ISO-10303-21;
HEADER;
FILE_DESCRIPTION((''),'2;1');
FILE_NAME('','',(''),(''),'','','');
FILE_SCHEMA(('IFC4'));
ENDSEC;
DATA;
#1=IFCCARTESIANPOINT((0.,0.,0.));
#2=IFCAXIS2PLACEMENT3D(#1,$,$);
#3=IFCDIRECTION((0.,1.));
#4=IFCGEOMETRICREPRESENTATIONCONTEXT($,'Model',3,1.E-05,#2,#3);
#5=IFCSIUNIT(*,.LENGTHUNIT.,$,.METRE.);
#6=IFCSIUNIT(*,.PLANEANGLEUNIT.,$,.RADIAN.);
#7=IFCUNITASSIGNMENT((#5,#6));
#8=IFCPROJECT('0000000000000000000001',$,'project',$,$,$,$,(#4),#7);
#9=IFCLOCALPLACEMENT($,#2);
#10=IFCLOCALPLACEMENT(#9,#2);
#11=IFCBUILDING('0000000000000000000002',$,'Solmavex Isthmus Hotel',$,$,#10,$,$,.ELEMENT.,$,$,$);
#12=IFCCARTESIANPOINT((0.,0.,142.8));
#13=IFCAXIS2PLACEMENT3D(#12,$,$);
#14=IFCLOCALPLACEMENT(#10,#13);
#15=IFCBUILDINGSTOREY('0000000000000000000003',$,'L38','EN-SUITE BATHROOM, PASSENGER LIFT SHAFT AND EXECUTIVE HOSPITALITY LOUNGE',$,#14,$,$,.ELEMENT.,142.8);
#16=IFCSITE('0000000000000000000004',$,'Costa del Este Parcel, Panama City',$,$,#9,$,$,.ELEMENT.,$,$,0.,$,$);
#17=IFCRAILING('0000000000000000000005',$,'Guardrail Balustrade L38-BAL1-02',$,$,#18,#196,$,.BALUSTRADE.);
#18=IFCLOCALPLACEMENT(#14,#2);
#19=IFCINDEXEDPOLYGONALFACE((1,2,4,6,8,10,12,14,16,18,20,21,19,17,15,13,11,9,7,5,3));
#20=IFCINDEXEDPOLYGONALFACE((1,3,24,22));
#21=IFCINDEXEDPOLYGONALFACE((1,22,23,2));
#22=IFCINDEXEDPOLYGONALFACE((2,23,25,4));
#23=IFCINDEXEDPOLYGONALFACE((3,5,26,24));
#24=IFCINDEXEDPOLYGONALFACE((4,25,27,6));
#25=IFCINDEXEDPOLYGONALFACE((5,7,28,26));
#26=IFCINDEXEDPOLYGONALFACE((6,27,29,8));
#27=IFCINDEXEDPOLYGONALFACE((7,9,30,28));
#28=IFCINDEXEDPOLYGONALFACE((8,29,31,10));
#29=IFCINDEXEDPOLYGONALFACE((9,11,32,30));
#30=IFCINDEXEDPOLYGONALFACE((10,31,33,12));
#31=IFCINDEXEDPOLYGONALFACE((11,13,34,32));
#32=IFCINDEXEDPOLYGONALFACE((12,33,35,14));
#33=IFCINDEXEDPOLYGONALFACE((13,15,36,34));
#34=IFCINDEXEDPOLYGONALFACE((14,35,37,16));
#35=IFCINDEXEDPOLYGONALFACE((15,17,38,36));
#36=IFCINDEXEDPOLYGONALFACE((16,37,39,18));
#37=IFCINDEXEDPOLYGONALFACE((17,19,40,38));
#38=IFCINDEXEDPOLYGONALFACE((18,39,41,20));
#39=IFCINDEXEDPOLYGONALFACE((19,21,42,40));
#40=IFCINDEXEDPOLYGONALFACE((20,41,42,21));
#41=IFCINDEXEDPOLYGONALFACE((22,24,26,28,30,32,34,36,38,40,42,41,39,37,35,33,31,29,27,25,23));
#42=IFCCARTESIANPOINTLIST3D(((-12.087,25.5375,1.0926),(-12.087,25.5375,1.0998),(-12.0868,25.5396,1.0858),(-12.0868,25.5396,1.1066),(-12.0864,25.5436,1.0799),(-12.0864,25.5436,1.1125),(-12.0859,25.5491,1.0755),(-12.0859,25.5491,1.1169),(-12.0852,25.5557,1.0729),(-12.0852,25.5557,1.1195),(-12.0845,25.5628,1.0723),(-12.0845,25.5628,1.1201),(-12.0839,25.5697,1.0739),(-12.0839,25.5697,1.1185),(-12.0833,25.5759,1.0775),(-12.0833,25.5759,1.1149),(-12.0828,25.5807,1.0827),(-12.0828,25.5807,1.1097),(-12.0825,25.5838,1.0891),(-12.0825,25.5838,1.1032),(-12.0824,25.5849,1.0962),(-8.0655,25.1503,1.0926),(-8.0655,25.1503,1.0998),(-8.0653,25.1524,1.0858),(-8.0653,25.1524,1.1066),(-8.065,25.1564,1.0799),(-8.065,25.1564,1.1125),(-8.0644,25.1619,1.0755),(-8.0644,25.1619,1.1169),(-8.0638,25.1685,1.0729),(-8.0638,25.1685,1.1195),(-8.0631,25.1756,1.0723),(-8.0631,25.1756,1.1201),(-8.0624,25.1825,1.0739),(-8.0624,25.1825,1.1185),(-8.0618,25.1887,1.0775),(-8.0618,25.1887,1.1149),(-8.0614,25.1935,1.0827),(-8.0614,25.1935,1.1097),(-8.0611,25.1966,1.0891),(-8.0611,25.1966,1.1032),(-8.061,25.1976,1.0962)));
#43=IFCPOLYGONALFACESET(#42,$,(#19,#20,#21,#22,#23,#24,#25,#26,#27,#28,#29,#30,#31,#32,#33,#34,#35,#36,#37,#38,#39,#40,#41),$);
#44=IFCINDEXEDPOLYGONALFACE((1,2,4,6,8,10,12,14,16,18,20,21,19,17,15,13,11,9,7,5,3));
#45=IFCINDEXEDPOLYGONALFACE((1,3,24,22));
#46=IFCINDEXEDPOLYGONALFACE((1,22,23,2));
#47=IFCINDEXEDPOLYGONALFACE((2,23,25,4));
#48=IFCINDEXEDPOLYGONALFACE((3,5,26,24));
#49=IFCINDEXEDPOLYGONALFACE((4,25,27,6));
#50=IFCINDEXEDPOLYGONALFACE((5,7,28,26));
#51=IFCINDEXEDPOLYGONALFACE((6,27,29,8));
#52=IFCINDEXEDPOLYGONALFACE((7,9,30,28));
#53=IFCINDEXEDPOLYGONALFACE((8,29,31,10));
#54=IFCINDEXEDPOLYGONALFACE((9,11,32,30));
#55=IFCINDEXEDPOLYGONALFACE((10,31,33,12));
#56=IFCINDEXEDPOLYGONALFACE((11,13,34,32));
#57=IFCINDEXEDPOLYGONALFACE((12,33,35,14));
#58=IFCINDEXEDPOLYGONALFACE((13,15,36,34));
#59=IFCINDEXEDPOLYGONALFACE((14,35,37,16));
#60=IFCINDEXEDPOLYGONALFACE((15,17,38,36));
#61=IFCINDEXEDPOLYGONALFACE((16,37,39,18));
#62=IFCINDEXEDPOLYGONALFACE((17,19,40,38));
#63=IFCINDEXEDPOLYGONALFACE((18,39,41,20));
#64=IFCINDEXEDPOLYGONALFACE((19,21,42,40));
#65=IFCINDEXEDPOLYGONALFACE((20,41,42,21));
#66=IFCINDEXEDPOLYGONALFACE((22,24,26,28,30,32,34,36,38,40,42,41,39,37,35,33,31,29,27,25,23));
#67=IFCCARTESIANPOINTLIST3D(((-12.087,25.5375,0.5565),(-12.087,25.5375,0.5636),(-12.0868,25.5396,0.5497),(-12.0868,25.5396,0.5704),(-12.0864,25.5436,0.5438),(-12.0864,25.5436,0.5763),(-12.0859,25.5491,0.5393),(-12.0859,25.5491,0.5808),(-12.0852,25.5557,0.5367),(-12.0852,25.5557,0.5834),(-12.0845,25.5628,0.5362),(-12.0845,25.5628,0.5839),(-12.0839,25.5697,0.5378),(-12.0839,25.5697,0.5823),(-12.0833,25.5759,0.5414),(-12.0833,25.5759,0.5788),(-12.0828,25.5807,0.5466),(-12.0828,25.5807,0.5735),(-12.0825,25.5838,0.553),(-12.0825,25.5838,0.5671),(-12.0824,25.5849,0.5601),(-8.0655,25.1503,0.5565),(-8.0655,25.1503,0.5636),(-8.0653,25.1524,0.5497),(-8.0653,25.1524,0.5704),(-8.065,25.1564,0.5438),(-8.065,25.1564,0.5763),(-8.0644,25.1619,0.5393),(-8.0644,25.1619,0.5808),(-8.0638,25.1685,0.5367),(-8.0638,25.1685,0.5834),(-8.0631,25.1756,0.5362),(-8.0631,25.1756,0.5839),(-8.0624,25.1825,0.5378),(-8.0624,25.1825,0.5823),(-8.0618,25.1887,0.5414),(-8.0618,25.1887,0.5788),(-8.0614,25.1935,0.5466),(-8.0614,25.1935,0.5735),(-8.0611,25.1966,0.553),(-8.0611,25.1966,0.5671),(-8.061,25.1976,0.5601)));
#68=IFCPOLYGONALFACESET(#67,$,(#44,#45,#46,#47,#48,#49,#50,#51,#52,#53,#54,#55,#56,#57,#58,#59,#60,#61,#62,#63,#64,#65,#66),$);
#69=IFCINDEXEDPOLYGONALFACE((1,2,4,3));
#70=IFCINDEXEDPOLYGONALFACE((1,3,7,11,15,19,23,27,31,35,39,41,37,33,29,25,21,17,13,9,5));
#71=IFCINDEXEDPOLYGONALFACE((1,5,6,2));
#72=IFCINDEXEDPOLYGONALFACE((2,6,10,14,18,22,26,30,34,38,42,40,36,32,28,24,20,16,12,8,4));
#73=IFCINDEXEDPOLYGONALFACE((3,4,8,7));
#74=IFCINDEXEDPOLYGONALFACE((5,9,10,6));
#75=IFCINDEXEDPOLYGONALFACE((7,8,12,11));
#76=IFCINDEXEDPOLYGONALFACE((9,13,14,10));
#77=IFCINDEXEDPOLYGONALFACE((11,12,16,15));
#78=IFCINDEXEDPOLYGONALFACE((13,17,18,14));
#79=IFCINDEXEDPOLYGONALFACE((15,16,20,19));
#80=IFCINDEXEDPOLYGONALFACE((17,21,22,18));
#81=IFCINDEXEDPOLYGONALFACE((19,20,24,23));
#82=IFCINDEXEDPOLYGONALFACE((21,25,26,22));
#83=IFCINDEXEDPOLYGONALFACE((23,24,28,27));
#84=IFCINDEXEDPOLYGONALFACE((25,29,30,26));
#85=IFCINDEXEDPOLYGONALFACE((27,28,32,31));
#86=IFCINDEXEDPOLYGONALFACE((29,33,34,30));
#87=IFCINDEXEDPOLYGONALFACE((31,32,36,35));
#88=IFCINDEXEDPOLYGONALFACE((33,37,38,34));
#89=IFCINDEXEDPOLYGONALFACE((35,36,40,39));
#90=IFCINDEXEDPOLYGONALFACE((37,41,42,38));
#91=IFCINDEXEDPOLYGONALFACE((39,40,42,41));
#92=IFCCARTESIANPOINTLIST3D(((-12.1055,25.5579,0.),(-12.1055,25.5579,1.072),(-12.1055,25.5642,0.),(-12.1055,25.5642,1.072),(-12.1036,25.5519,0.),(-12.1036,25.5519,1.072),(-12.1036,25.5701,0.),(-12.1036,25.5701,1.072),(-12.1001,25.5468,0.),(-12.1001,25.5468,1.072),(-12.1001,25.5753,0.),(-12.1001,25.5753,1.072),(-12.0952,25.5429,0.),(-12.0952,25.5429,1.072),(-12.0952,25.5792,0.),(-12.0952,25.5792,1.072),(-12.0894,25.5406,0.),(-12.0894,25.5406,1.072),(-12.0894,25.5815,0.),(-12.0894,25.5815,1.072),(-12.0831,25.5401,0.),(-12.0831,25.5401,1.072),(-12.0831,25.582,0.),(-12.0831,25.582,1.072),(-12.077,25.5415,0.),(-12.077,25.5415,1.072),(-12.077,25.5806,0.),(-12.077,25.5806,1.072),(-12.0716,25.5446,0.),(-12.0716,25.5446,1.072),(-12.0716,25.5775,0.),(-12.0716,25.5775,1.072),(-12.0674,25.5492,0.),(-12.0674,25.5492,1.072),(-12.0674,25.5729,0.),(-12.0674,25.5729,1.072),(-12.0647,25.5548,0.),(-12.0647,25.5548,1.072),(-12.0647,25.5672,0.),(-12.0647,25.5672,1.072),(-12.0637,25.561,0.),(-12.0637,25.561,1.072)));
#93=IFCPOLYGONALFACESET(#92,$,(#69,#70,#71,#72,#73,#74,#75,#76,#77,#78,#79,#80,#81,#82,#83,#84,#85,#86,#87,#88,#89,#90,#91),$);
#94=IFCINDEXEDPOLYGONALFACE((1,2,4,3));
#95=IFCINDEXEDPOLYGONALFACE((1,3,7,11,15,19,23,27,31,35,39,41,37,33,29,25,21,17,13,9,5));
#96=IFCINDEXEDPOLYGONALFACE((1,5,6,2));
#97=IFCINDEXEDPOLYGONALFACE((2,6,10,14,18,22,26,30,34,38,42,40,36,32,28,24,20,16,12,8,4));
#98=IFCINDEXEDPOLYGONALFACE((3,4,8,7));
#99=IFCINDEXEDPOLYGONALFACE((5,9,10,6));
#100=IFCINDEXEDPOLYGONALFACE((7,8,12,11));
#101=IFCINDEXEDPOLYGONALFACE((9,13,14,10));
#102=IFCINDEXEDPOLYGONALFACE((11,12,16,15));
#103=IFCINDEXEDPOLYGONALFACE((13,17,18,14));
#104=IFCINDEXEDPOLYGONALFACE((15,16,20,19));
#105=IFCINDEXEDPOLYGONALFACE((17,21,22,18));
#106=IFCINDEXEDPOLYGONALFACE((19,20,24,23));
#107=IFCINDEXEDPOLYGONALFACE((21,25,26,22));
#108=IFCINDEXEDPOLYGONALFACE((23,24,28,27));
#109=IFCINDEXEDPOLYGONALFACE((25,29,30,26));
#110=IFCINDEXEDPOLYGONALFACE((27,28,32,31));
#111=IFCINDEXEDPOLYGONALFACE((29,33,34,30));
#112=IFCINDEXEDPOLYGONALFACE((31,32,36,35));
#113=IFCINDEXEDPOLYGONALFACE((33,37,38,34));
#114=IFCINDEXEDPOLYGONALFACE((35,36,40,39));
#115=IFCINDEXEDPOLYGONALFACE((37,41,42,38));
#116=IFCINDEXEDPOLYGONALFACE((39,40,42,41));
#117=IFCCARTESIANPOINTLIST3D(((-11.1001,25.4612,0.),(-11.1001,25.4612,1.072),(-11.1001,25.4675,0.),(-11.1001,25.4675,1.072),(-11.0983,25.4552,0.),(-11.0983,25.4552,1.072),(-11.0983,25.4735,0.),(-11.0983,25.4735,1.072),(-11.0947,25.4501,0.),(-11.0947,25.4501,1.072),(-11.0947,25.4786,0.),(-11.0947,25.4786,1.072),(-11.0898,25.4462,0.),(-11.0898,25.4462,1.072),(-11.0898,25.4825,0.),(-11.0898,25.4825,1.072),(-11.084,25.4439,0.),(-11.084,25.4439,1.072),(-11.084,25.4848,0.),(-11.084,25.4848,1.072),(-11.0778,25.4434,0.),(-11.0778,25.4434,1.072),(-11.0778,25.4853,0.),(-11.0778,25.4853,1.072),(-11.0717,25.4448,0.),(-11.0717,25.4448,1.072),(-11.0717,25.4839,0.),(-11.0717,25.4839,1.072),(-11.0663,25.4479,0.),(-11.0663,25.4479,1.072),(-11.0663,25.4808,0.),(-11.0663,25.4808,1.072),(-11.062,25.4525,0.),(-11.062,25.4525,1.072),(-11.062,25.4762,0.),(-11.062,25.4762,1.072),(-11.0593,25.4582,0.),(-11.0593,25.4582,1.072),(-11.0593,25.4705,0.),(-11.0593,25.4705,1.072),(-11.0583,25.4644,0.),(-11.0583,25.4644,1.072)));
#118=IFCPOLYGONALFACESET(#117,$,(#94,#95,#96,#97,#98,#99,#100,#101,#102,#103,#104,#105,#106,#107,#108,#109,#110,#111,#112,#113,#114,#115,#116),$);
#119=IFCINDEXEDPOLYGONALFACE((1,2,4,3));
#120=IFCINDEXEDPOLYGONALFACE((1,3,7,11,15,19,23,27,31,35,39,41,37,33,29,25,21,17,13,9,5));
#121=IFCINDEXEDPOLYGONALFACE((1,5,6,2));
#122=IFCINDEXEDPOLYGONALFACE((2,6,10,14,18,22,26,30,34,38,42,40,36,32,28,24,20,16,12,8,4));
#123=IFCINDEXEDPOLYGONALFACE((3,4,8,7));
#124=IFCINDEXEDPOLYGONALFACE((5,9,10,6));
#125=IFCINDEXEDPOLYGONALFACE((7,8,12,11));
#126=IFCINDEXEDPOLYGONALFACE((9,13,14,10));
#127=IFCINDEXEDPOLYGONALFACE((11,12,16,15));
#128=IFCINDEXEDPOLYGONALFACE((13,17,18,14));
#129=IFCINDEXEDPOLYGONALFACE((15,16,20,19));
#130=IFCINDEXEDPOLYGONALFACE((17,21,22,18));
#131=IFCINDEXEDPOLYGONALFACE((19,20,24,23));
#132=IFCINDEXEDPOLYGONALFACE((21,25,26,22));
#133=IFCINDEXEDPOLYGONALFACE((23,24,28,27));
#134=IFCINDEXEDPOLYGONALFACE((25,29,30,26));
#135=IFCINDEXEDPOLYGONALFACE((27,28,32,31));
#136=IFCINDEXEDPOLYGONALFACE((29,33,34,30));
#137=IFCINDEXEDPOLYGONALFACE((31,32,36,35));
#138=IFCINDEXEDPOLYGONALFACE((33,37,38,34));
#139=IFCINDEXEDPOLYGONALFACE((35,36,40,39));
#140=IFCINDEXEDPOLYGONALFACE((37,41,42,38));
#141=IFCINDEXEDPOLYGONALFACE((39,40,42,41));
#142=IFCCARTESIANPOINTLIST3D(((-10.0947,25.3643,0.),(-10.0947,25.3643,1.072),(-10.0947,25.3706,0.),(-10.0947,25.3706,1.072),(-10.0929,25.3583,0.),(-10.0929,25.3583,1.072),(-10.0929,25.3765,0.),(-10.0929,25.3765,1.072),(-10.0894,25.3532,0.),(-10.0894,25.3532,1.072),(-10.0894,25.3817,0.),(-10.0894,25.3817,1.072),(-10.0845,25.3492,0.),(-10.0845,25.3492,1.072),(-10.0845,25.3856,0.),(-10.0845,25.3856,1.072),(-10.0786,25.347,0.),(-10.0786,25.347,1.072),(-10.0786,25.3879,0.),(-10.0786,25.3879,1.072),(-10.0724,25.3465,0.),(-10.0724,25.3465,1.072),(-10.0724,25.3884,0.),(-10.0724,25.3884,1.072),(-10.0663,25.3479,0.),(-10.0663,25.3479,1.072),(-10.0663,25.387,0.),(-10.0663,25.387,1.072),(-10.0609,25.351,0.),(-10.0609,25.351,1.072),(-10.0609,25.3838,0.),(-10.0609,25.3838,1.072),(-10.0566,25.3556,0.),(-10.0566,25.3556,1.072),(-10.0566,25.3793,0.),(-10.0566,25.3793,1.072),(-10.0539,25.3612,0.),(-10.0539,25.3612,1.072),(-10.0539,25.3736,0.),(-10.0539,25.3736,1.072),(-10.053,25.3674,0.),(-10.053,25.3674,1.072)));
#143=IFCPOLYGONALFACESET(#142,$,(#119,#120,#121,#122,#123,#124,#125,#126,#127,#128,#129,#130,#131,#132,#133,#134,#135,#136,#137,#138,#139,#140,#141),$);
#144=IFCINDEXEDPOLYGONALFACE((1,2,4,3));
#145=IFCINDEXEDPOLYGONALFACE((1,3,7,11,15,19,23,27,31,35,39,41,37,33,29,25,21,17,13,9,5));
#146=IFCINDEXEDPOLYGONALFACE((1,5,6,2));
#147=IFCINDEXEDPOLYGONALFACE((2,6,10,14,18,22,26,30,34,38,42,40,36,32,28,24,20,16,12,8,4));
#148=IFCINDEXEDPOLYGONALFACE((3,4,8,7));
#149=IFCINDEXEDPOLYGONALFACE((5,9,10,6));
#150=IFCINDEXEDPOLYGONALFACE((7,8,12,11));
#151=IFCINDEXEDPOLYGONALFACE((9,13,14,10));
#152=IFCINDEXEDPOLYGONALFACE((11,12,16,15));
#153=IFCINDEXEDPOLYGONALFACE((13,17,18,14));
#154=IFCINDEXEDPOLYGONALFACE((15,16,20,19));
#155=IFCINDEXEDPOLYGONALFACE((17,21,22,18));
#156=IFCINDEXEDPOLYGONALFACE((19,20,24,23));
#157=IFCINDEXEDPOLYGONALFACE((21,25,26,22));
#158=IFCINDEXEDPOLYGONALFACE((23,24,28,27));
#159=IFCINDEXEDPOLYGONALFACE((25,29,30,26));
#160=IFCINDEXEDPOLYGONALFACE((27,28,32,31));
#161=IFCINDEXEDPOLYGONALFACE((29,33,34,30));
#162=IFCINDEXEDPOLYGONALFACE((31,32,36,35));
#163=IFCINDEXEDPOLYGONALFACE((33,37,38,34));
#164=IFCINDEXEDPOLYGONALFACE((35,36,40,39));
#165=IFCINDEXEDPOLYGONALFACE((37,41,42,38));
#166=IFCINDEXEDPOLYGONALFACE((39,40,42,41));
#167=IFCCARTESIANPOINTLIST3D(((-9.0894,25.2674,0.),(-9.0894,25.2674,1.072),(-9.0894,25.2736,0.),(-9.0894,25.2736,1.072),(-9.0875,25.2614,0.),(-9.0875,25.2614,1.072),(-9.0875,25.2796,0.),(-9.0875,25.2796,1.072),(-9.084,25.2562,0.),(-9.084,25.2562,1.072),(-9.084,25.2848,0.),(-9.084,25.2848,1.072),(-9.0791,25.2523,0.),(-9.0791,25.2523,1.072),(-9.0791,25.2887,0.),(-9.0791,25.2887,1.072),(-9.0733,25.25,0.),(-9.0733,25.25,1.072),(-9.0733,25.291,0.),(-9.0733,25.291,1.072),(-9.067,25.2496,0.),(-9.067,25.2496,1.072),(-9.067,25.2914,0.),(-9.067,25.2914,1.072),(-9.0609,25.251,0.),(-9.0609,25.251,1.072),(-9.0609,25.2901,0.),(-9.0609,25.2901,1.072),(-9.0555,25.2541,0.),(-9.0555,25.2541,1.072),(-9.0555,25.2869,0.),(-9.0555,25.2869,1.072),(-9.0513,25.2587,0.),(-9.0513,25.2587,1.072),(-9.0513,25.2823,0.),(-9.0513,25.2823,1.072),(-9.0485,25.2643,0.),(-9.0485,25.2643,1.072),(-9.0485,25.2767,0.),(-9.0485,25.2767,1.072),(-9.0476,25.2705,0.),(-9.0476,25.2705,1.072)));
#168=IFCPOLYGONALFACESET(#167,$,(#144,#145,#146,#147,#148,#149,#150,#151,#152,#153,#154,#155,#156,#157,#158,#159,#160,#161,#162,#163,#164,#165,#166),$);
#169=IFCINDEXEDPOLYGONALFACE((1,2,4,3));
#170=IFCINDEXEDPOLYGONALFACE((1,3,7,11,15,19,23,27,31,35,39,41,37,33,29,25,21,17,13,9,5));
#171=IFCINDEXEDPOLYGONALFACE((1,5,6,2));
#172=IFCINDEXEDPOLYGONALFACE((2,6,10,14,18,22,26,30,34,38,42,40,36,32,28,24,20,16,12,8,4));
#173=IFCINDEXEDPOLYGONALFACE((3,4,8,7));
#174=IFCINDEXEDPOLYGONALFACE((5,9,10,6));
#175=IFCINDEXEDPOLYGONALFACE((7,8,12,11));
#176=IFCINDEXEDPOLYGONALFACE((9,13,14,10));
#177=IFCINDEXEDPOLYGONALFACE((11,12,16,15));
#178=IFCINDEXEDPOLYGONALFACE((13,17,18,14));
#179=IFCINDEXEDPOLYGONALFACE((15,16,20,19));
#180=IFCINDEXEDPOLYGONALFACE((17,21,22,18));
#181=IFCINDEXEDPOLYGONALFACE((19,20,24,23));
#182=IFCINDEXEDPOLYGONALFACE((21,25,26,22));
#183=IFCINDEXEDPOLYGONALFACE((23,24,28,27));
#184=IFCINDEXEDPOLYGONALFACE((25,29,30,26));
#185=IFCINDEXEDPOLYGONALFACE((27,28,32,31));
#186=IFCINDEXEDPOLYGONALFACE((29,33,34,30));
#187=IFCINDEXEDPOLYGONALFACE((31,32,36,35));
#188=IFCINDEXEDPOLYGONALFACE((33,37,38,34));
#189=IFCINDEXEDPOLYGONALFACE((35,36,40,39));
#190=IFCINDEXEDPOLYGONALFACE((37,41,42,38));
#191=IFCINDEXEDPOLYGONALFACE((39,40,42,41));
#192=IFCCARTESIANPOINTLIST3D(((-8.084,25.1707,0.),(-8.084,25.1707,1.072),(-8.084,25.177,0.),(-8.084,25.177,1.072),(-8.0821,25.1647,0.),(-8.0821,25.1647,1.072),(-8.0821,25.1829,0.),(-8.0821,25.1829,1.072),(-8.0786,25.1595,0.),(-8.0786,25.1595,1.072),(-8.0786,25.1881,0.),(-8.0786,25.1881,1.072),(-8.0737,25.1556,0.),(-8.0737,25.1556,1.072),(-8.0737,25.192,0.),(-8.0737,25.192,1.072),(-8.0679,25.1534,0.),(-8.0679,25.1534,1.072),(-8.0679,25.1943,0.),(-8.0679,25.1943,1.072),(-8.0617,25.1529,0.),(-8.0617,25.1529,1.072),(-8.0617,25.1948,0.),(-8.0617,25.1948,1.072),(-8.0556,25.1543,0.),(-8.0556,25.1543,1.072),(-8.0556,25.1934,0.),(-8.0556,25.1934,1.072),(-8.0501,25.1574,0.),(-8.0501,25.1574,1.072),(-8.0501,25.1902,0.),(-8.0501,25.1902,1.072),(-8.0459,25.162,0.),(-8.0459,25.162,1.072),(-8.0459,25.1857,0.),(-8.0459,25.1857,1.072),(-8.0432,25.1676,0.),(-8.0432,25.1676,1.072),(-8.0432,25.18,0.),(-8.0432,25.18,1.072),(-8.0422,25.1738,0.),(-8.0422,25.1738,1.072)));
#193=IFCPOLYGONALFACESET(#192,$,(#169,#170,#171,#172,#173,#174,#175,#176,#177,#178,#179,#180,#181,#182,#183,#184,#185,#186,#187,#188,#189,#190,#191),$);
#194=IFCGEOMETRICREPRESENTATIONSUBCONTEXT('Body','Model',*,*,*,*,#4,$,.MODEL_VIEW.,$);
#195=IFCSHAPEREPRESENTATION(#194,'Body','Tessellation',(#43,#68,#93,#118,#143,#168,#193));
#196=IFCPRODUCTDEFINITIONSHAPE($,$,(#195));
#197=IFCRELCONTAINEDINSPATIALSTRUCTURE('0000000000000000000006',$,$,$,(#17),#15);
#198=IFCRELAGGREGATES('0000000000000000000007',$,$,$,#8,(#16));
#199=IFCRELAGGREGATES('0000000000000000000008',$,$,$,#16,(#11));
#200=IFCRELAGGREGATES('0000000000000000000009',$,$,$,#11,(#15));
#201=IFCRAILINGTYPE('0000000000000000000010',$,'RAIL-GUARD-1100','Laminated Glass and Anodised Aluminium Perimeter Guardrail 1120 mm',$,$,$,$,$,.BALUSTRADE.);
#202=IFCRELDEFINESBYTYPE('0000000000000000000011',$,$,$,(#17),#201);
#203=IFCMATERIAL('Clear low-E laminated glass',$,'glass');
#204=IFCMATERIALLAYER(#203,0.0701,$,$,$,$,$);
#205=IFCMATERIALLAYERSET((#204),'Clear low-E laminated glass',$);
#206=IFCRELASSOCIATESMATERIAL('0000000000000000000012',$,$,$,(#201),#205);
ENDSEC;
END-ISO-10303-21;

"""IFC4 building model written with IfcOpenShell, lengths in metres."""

from ifc_helpers import new_model, si_unit, direction, frame, origin, origin_2d, place, context, subcontext, project, spatial, circle, extrude, material, layer, layer_set, type_object, element, save


model = new_model("IFC4")

# Units and contexts
model_context = context("Model", 3, precision=1e-05, world=origin(), true_north=direction((0.0, 1.0)))
body_context = subcontext(model_context, "Body", "Model", "MODEL_VIEW")
ifc_project = project(units=[si_unit("LENGTHUNIT", "METRE"), si_unit("PLANEANGLEUNIT", "RADIAN")], contexts=[model_context])

# Site, building, storey
site_placement = place(None, origin())
site = spatial("IfcSite", under=ifc_project, at=site_placement, Name="Costa del Este Parcel, Panama City", CompositionType="ELEMENT", RefElevation=0.0)
building_placement = place(site_placement, origin())
building = spatial("IfcBuilding", under=site, at=building_placement, Name="Solmavex Isthmus Hotel", CompositionType="ELEMENT")
storey_placement = place(building_placement, frame((0.0, 0.0, 142.8)))
storey = spatial("IfcBuildingStorey", under=building, at=storey_placement, Name="L38", Description="EN-SUITE BATHROOM, PASSENGER LIFT SHAFT AND EXECUTIVE HOSPITALITY LOUNGE", CompositionType="ELEMENT", Elevation=142.8)

# Shared definitions
ifc_material_1 = material(Name="Clear low-E laminated glass", Category="glass")

# Railing
ifc_layer_1 = layer(ifc_material_1, 0.0701)
ifc_layer_set_1 = layer_set([ifc_layer_1], Name="Clear low-E laminated glass")
railing_type = type_object("IfcRailingType", Name="RAIL-GUARD-1100", Description="Laminated Glass and Anodised Aluminium Perimeter Guardrail 1120 mm", PredefinedType="BALUSTRADE", material=ifc_layer_set_1)
railing_1_placement = place(storey_placement, frame((-12.0847, 25.561, 0.0)))
element("IfcRailing", 1, at=railing_1_placement, inside=storey, type_object=railing_type, Name="Guardrail Balustrade L38-BAL1-02", PredefinedType="BALUSTRADE", context=body_context, shape_type="SweptSolid", body=[
    extrude(circle(Radius=0.0239, at=origin_2d()), frame((0.0, 0.0, 1.0962), z_axis=(0.995397, -0.095841, 0.0), x_axis=(0.095841, 0.995397, 0.0)), (0.0, 0.0, 1.0), 4.04),
    extrude(circle(Radius=0.0239, at=origin_2d()), frame((0.0, 0.0, 0.5601), z_axis=(0.995397, -0.095841, 0.0), x_axis=(0.095841, 0.995397, 0.0)), (0.0, 0.0, 1.0), 4.04),
    extrude(circle(Radius=0.021, at=origin_2d()), origin(), (0.0, 0.0, 1.0), 1.072),
    extrude(circle(Radius=0.021, at=origin_2d()), frame((1.0054, -0.0967, 0.0)), (0.0, 0.0, 1.0), 1.072),
    extrude(circle(Radius=0.021, at=origin_2d()), frame((2.0107, -0.1936, 0.0)), (0.0, 0.0, 1.0), 1.072),
    extrude(circle(Radius=0.021, at=origin_2d()), frame((3.0161, -0.2905, 0.0)), (0.0, 0.0, 1.0), 1.072),
    extrude(circle(Radius=0.021, at=origin_2d()), frame((4.0215, -0.3872, 0.0)), (0.0, 0.0, 1.0), 1.072),
])

save(model, "model.ifc")
